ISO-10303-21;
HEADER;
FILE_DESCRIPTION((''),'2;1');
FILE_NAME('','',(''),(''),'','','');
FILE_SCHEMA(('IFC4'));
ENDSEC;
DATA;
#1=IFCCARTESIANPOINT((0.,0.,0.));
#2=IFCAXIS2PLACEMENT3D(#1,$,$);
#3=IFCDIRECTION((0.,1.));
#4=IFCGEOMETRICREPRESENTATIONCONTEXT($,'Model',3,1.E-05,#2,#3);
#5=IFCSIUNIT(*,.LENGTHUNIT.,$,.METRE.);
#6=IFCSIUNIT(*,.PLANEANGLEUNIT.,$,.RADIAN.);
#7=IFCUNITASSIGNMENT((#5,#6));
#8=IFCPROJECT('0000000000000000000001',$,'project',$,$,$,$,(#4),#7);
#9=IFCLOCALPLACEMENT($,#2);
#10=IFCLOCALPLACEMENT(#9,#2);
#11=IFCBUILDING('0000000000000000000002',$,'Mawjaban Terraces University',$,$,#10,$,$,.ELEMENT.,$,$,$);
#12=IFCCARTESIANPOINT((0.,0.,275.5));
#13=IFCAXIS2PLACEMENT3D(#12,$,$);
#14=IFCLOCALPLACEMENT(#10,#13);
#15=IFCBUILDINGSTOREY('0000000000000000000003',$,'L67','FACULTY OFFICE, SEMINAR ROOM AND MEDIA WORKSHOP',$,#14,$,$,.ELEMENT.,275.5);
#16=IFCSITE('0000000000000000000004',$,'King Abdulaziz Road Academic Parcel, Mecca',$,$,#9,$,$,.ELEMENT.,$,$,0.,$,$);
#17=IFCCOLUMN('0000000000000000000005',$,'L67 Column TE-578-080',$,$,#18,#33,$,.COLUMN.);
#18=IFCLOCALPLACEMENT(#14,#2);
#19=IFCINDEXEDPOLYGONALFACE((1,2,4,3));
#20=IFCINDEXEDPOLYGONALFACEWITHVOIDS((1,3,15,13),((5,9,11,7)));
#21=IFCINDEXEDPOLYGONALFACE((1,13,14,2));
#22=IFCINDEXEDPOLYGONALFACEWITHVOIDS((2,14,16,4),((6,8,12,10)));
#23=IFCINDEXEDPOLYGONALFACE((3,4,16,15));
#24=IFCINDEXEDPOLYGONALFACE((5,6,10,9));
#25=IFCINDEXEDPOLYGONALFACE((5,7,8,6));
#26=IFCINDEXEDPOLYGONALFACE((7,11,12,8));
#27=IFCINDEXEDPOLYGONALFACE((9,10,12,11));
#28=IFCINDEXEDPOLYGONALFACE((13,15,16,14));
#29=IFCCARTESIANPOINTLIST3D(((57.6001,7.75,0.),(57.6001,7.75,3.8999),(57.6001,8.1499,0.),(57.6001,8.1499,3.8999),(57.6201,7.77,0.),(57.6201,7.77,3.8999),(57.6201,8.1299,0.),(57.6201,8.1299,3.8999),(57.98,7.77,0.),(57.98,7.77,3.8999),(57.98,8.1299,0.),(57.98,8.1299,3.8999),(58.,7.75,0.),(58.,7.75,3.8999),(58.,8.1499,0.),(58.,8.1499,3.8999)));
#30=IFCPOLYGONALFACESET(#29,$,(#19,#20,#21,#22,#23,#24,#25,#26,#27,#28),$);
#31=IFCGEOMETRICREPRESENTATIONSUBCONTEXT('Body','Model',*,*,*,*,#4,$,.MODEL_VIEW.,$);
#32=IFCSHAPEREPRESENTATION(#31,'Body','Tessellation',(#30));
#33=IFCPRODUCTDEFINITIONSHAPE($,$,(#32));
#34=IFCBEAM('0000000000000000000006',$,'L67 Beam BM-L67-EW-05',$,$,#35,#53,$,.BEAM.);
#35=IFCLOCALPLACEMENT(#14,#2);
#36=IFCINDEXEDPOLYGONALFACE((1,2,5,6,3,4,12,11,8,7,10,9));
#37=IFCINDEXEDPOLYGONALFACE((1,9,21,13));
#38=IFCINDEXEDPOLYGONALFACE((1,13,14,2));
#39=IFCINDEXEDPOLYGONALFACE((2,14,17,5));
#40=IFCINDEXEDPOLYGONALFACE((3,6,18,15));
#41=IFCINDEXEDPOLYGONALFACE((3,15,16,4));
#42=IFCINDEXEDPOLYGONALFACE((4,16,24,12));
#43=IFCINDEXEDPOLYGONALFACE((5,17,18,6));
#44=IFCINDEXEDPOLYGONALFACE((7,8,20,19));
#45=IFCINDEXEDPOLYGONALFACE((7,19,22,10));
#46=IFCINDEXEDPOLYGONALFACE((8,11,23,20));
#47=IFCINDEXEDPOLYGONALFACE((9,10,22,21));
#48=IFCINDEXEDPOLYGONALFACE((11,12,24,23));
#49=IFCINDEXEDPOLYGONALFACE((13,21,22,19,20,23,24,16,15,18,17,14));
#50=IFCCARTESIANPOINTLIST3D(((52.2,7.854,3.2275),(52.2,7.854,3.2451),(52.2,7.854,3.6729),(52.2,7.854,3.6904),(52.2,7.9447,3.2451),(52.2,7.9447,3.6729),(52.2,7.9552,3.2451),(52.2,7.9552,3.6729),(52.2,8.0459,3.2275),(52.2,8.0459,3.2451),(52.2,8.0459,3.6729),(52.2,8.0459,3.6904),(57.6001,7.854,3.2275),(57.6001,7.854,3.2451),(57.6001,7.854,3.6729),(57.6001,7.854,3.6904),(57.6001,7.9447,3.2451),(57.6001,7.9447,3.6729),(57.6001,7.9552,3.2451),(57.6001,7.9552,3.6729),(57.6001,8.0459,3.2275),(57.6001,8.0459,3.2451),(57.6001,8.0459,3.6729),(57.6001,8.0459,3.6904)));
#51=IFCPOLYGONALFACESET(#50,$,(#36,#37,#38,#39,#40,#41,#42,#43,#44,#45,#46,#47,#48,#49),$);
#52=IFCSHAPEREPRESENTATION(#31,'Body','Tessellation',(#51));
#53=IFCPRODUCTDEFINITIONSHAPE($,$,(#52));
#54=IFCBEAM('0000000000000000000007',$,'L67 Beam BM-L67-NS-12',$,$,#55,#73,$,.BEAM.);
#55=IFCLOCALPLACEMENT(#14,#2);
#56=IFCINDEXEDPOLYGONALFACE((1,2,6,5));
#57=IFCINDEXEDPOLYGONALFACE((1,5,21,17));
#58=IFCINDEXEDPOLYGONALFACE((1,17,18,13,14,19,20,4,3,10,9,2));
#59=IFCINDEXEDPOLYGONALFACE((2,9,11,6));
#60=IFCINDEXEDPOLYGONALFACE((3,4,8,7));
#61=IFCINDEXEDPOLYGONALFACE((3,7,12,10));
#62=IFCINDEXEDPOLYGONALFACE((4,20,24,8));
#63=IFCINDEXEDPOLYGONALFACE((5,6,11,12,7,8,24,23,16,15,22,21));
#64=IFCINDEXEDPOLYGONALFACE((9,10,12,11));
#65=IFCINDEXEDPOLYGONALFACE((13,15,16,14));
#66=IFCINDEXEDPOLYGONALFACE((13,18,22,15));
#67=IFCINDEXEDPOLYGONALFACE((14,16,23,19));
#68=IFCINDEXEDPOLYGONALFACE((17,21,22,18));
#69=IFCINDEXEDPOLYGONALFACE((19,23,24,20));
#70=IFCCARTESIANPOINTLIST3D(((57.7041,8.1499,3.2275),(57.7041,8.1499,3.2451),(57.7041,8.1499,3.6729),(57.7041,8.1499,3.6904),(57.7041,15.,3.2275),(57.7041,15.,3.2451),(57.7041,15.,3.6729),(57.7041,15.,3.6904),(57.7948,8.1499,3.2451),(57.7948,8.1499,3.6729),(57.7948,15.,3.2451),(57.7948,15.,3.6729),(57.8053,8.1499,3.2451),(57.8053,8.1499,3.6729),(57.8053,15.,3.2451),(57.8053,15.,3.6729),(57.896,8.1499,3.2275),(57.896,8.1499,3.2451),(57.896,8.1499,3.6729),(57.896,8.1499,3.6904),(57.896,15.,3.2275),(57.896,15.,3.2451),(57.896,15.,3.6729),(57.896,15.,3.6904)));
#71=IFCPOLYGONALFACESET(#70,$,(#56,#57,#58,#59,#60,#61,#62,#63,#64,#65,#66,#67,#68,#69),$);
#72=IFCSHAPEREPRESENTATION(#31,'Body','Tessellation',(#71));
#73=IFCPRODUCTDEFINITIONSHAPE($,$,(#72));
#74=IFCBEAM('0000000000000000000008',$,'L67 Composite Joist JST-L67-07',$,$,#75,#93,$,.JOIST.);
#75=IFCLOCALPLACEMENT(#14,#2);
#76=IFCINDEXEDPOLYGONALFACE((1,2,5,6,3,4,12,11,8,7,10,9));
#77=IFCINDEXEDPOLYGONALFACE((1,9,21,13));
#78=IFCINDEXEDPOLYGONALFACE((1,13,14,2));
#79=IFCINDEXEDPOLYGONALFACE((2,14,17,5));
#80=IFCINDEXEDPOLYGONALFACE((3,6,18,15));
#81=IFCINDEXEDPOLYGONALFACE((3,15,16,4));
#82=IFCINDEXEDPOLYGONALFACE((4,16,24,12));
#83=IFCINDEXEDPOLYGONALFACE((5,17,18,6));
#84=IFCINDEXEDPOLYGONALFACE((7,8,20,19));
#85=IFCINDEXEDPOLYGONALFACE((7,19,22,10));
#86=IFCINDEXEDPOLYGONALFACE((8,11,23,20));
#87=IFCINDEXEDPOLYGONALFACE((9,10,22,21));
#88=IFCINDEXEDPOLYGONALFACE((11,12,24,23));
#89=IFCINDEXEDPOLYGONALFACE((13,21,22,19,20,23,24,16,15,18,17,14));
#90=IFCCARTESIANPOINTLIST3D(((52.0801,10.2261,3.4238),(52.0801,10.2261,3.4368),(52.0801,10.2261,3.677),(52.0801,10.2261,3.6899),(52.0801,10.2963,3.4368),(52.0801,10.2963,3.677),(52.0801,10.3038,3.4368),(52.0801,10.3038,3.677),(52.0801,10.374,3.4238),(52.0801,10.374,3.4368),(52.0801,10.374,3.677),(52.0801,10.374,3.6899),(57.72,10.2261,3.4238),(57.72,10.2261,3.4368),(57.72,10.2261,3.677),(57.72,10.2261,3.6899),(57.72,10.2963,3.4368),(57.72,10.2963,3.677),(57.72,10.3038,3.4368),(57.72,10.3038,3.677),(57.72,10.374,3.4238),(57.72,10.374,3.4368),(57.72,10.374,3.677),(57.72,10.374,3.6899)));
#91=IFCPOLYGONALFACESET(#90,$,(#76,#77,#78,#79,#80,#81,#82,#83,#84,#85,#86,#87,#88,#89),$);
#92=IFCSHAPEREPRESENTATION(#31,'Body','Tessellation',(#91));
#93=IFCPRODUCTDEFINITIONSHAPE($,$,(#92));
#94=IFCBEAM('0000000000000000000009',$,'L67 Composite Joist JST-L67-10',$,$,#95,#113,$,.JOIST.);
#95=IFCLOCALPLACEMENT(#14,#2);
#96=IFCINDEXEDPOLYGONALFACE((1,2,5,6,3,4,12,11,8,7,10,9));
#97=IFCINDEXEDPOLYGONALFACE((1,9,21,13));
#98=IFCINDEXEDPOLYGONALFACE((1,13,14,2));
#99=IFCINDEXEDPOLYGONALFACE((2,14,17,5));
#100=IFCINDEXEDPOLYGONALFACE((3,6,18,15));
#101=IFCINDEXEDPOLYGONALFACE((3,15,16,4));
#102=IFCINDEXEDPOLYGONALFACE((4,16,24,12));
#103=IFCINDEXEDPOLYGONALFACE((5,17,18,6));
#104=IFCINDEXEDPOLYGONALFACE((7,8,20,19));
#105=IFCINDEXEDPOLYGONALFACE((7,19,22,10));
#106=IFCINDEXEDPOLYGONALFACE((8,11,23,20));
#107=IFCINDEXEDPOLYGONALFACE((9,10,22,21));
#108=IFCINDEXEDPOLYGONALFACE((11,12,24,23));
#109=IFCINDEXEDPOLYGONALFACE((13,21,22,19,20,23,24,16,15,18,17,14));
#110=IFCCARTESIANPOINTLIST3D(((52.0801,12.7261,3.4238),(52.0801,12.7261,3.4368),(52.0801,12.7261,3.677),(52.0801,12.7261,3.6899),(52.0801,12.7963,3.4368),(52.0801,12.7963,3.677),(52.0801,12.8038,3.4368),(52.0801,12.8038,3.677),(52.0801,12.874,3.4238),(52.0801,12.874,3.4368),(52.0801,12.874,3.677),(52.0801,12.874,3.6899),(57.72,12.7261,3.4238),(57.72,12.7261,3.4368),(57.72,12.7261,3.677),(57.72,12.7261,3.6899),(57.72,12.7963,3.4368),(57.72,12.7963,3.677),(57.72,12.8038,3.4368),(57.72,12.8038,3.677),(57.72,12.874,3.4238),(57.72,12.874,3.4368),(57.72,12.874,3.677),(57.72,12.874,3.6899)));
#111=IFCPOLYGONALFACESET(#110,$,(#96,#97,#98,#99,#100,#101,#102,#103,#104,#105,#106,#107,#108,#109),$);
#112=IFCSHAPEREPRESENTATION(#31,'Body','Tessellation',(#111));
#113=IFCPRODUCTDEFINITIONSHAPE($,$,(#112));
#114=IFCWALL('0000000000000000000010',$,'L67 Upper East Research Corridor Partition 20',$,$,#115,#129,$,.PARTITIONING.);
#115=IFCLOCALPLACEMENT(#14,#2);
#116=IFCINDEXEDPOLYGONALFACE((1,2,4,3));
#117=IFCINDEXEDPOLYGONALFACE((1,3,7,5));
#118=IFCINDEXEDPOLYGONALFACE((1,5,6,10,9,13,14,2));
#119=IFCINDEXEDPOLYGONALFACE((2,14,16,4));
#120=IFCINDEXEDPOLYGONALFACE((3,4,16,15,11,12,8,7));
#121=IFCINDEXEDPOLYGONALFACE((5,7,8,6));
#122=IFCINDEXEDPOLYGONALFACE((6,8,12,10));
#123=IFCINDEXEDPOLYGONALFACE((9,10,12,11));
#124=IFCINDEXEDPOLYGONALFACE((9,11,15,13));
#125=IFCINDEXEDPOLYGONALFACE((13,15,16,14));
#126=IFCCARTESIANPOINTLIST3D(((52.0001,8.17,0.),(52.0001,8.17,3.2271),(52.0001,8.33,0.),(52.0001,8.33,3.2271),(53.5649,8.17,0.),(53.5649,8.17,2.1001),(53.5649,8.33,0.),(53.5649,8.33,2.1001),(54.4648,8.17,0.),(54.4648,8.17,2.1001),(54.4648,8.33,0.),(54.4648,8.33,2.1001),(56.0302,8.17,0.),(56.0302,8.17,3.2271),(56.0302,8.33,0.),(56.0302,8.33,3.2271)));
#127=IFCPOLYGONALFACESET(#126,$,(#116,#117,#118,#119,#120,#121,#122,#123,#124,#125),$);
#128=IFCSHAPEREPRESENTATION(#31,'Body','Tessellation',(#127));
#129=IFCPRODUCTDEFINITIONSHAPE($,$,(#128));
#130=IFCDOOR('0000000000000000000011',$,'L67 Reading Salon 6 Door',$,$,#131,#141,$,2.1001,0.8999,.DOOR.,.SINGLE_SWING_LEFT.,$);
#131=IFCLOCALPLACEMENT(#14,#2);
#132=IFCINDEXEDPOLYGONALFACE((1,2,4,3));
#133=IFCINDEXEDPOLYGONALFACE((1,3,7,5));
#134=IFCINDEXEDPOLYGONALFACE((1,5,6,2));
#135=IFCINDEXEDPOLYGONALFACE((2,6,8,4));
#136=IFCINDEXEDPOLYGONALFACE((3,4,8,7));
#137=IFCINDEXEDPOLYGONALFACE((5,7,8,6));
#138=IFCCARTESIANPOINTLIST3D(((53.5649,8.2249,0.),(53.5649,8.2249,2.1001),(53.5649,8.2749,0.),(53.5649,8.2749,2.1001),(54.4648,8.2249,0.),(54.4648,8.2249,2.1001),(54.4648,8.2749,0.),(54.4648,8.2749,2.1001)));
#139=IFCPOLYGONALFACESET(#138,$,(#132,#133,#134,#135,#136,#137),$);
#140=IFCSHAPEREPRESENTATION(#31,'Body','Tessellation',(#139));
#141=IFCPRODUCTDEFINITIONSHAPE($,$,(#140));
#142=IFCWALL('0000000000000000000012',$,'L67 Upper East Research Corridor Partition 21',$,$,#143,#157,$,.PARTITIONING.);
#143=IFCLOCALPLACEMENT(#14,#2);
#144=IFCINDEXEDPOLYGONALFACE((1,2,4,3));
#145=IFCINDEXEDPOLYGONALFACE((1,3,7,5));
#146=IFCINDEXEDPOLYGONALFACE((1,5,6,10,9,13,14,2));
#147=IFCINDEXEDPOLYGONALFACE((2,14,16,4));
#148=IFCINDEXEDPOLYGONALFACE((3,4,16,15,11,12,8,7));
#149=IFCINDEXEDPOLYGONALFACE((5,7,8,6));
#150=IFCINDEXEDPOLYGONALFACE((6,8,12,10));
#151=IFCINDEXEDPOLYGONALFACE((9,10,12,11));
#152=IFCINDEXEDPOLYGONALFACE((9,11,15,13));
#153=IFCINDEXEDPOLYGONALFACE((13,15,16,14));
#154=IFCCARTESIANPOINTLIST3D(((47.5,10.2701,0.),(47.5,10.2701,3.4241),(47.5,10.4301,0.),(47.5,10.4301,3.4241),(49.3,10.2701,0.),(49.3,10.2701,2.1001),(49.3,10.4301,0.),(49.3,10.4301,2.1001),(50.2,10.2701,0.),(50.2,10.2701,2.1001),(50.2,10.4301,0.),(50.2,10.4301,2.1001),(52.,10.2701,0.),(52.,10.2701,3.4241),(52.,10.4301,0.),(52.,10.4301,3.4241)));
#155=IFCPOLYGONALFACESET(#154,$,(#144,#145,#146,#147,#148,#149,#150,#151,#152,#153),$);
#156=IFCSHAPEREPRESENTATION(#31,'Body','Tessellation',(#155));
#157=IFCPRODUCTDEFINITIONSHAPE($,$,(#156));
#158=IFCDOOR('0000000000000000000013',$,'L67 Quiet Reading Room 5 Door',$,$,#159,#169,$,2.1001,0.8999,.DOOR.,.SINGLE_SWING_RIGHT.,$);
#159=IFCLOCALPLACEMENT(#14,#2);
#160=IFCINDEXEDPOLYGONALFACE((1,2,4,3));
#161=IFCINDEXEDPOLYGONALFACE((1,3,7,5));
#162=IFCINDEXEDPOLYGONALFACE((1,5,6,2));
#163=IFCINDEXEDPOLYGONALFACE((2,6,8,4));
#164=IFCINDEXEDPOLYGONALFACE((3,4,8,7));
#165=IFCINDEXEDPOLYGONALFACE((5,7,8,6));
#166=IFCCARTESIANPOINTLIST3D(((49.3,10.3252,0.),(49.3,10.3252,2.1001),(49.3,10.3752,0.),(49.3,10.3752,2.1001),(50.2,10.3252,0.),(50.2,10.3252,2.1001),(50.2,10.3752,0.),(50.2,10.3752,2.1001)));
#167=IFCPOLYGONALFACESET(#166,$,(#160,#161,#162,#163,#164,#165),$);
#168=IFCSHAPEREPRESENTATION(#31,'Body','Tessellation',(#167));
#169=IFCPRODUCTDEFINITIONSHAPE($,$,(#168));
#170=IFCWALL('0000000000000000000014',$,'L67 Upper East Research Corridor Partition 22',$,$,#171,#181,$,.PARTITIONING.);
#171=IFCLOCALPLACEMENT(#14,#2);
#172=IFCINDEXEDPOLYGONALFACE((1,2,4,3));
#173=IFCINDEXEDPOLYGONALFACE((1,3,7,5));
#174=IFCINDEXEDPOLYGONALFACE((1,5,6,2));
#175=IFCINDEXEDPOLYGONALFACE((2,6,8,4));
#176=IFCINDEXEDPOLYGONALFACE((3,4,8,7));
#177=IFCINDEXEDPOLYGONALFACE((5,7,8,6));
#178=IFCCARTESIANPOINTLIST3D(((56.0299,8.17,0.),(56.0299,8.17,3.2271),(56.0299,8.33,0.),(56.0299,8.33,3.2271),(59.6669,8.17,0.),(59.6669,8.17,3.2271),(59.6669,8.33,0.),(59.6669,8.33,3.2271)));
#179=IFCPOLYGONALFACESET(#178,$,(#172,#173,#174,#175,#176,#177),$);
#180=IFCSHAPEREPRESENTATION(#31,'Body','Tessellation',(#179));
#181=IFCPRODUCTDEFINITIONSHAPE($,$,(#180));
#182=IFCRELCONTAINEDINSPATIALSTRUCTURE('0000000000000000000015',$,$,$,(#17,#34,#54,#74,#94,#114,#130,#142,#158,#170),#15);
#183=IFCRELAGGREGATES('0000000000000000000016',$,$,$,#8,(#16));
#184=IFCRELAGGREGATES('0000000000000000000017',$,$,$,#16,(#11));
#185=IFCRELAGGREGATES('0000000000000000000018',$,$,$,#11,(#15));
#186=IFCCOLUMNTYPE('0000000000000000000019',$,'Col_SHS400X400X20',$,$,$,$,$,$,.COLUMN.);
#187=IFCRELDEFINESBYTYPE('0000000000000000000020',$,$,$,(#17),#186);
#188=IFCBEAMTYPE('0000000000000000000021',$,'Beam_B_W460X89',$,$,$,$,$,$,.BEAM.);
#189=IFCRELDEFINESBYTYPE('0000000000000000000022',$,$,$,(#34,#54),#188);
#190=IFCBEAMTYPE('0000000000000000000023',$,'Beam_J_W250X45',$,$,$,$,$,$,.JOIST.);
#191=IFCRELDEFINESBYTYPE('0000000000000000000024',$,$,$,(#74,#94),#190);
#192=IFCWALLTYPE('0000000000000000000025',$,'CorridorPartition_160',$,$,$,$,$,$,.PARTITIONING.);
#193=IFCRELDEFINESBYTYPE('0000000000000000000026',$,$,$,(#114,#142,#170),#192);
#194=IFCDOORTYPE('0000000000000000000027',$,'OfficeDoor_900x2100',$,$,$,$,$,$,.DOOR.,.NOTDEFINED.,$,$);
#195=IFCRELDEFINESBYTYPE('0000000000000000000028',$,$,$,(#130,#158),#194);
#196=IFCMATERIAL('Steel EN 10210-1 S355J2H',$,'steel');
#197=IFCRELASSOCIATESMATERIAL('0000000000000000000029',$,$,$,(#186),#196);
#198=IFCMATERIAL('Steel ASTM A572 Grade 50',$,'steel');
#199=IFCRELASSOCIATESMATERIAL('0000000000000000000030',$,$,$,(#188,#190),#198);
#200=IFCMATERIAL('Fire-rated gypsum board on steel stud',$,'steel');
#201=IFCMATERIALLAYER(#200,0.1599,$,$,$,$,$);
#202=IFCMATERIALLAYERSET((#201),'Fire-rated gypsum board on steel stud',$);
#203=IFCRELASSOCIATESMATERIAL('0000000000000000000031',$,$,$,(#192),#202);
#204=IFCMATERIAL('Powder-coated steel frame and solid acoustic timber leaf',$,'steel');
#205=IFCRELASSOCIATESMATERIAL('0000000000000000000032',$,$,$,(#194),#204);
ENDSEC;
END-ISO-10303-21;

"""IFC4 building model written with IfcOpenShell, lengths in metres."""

from ifc_helpers import new_model, si_unit, direction, frame, frame_2d, origin, origin_2d, place, context, subcontext, project, spatial, rectangle, hollow_rectangle, i_section, extrude, material, layer, layer_set, material_profile, profile_set, type_object, element, fill, save


model = new_model("IFC4")

# Units and contexts
model_context = context("Model", 3, precision=1e-05, world=origin(), true_north=direction((0.0, 1.0)))
body_context = subcontext(model_context, "Body", "Model", "MODEL_VIEW")
ifc_project = project(units=[si_unit("LENGTHUNIT", "METRE"), si_unit("PLANEANGLEUNIT", "RADIAN")], contexts=[model_context])

# Site, building, storey
site_placement = place(None, origin())
site = spatial("IfcSite", under=ifc_project, at=site_placement, Name="King Abdulaziz Road Academic Parcel, Mecca", CompositionType="ELEMENT", RefElevation=0.0)
building_placement = place(site_placement, origin())
building = spatial("IfcBuilding", under=site, at=building_placement, Name="Mawjaban Terraces University", CompositionType="ELEMENT")
storey_placement = place(building_placement, frame((0.0, 0.0, 275.5)))
storey = spatial("IfcBuildingStorey", under=building, at=storey_placement, Name="L67", Description="FACULTY OFFICE, SEMINAR ROOM AND MEDIA WORKSHOP", CompositionType="ELEMENT", Elevation=275.5)

# Column
ifc_material_1 = material(Name="Steel EN 10210-1 S355J2H", Category="steel")
ifc_material_profile_1 = material_profile(ifc_material_1, hollow_rectangle(XDim=0.3999, YDim=0.3999, WallThickness=0.02, at=origin_2d()), Name="SHS400X400X20")
ifc_profile_set_1 = profile_set([ifc_material_profile_1], Name="Steel EN 10210-1 S355J2H")
column_type = type_object("IfcColumnType", Name="Col_SHS400X400X20", PredefinedType="COLUMN", material=ifc_profile_set_1)
column_placement = place(storey_placement, frame((57.8, 7.95, 0.0), z_axis=(0.0, 0.0, 1.0), x_axis=(1.0, 0.0, 0.0)))
element("IfcColumn", 1, at=column_placement, inside=storey, type_object=column_type, Name="L67 Column TE-578-080", PredefinedType="COLUMN", context=body_context, shape_type="SweptSolid", body=[
    extrude(hollow_rectangle(XDim=0.3999, YDim=0.3999, WallThickness=0.02, at=origin_2d()), origin(), (0.0, 0.0, 1.0), 3.8999),
])

# Beams
ifc_material_2 = material(Name="Steel ASTM A572 Grade 50", Category="steel")
ifc_material_profile_2 = material_profile(ifc_material_2, i_section(OverallWidth=0.1919, OverallDepth=0.4629, WebThickness=0.0105, FlangeThickness=0.0176, at=origin_2d()), Name="W460X89")
ifc_profile_set_2 = profile_set([ifc_material_profile_2], Name="Steel ASTM A572 Grade 50")
beam_type_1 = type_object("IfcBeamType", Name="Beam_B_W460X89", PredefinedType="BEAM", material=ifc_profile_set_2)
beam_1_placement = place(storey_placement, frame((52.2, 7.95, 3.459), z_axis=(1.0, 0.0, 0.0), x_axis=(0.0, 1.0, 0.0)))
element("IfcBeam", 2, at=beam_1_placement, inside=storey, type_object=beam_type_1, Name="L67 Beam BM-L67-EW-05", PredefinedType="BEAM", context=body_context, shape_type="SweptSolid", body=[
    extrude(i_section(OverallWidth=0.1919, OverallDepth=0.4629, WebThickness=0.0105, FlangeThickness=0.0176, at=origin_2d()), origin(), (0.0, 0.0, 1.0), 5.4001),
])
beam_2_placement = place(storey_placement, frame((57.8, 8.1499, 3.459), z_axis=(0.0, 1.0, 0.0), x_axis=(-1.0, 0.0, 0.0)))
element("IfcBeam", 3, at=beam_2_placement, inside=storey, type_object=beam_type_1, Name="L67 Beam BM-L67-NS-12", PredefinedType="BEAM", context=body_context, shape_type="SweptSolid", body=[
    extrude(i_section(OverallWidth=0.1919, OverallDepth=0.4629, WebThickness=0.0105, FlangeThickness=0.0176, at=origin_2d()), origin(), (0.0, 0.0, 1.0), 6.8501),
])
ifc_material_profile_3 = material_profile(ifc_material_2, i_section(OverallWidth=0.1479, OverallDepth=0.2661, WebThickness=0.0076, FlangeThickness=0.0129, at=origin_2d()), Name="W250X45")
ifc_profile_set_3 = profile_set([ifc_material_profile_3], Name="Steel ASTM A572 Grade 50")
beam_type_2 = type_object("IfcBeamType", Name="Beam_J_W250X45", PredefinedType="JOIST", material=ifc_profile_set_3)
for number, where, z_axis, x_axis, name in (
    (4, (52.0801, 10.3, 3.5569), (1.0, 0.0, 0.0), (0.0, 1.0, 0.0), "L67 Composite Joist JST-L67-07"),
    (5, (52.0801, 12.8, 3.5569), (1.0, 0.0, 0.0), (0.0, 1.0, 0.0), "L67 Composite Joist JST-L67-10"),
):
    element("IfcBeam", number, at=place(storey_placement, frame(where, z_axis=z_axis, x_axis=x_axis)), inside=storey, type_object=beam_type_2, Name=name, PredefinedType="JOIST", context=body_context, shape_type="SweptSolid", body=[
        extrude(i_section(OverallWidth=0.1479, OverallDepth=0.2661, WebThickness=0.0076, FlangeThickness=0.0129, at=origin_2d()), origin(), (0.0, 0.0, 1.0), 5.6399),
    ])

# Walls, openings, doors
ifc_material_3 = material(Name="Fire-rated gypsum board on steel stud", Category="steel")
ifc_layer_1 = layer(ifc_material_3, 0.1599)
ifc_layer_set_1 = layer_set([ifc_layer_1], Name="Fire-rated gypsum board on steel stud")
wall_type_1 = type_object("IfcWallType", Name="CorridorPartition_160", PredefinedType="PARTITIONING", material=ifc_layer_set_1)
wall_1_placement = place(storey_placement, frame((52.0, 8.25, 0.0), z_axis=(0.0, 0.0, 1.0), x_axis=(1.0, 0.0, 0.0)))
wall_1 = element("IfcWall", 6, at=wall_1_placement, inside=storey, type_object=wall_type_1, Name="L67 Upper East Research Corridor Partition 20", PredefinedType="PARTITIONING", context=body_context, shape_type="SweptSolid", body=[
    extrude(rectangle(XDim=4.03, YDim=0.1599, at=frame_2d((2.0151, 0.0))), origin(), (0.0, 0.0, 1.0), 3.2271),
])
opening_1_placement = place(wall_1_placement, frame((1.5649, 0.0, 0.0)))
opening_1 = element("IfcOpeningElement", 7, at=opening_1_placement, cuts=wall_1, PredefinedType="OPENING", context=body_context, shape_type="SweptSolid", body=[
    extrude(rectangle(XDim=0.8999, YDim=2.1001, at=frame_2d((0.45, 1.05))), frame((0.0, 0.0898, 0.0), z_axis=(0.0, -1.0, 0.0), x_axis=(1.0, 0.0, 0.0)), (0.0, 0.0, 1.0), 0.1799),
])
ifc_material_4 = material(Name="Powder-coated steel frame and solid acoustic timber leaf", Category="steel")
door_type_1 = type_object("IfcDoorType", Name="OfficeDoor_900x2100", OperationType="NOTDEFINED", PredefinedType="DOOR", material=ifc_material_4)
door_1_placement = place(opening_1_placement, origin())
door_1 = element("IfcDoor", 8, at=door_1_placement, inside=storey, type_object=door_type_1, Name="L67 Reading Salon 6 Door", OperationType="SINGLE_SWING_LEFT", OverallHeight=2.1001, OverallWidth=0.8999, PredefinedType="DOOR", context=body_context, shape_type="SweptSolid", body=[
    extrude(rectangle(XDim=0.8999, YDim=2.1001, at=frame_2d((0.45, 1.05))), frame((0.0, 0.0249, 0.0), z_axis=(0.0, -1.0, 0.0), x_axis=(1.0, 0.0, 0.0)), (0.0, 0.0, 1.0), 0.05),
])
fill(opening_1, door_1)
wall_2_placement = place(storey_placement, frame((52.0, 10.3501, 0.0), z_axis=(0.0, 0.0, 1.0), x_axis=(-1.0, 0.0, 0.0)))
wall_2 = element("IfcWall", 9, at=wall_2_placement, inside=storey, type_object=wall_type_1, Name="L67 Upper East Research Corridor Partition 21", PredefinedType="PARTITIONING", context=body_context, shape_type="SweptSolid", body=[
    extrude(rectangle(XDim=4.5, YDim=0.1599, at=frame_2d((2.25, 0.0))), origin(), (0.0, 0.0, 1.0), 3.4241),
])
opening_2_placement = place(wall_2_placement, frame((1.8, 0.0, 0.0)))
opening_2 = element("IfcOpeningElement", 10, at=opening_2_placement, cuts=wall_2, PredefinedType="OPENING", context=body_context, shape_type="SweptSolid", body=[
    extrude(rectangle(XDim=0.8999, YDim=2.1001, at=frame_2d((0.45, 1.05))), frame((0.0, 0.0898, 0.0), z_axis=(0.0, -1.0, 0.0), x_axis=(1.0, 0.0, 0.0)), (0.0, 0.0, 1.0), 0.1799),
])
door_2_placement = place(opening_2_placement, origin())
door_2 = element("IfcDoor", 11, at=door_2_placement, inside=storey, type_object=door_type_1, Name="L67 Quiet Reading Room 5 Door", OperationType="SINGLE_SWING_RIGHT", OverallHeight=2.1001, OverallWidth=0.8999, PredefinedType="DOOR", context=body_context, shape_type="SweptSolid", body=[
    extrude(rectangle(XDim=0.8999, YDim=2.1001, at=frame_2d((0.45, 1.05))), frame((0.0, 0.0249, 0.0), z_axis=(0.0, -1.0, 0.0), x_axis=(1.0, 0.0, 0.0)), (0.0, 0.0, 1.0), 0.05),
])
fill(opening_2, door_2)

# Wall
wall_3_placement = place(storey_placement, frame((56.03, 8.25, 0.0), z_axis=(0.0, 0.0, 1.0), x_axis=(1.0, 0.0, 0.0)))
element("IfcWall", 12, at=wall_3_placement, inside=storey, type_object=wall_type_1, Name="L67 Upper East Research Corridor Partition 22", PredefinedType="PARTITIONING", context=body_context, shape_type="SweptSolid", body=[
    extrude(rectangle(XDim=3.637, YDim=0.1599, at=frame_2d((1.8184, 0.0))), origin(), (0.0, 0.0, 1.0), 3.2271),
])

save(model, "model.ifc")
